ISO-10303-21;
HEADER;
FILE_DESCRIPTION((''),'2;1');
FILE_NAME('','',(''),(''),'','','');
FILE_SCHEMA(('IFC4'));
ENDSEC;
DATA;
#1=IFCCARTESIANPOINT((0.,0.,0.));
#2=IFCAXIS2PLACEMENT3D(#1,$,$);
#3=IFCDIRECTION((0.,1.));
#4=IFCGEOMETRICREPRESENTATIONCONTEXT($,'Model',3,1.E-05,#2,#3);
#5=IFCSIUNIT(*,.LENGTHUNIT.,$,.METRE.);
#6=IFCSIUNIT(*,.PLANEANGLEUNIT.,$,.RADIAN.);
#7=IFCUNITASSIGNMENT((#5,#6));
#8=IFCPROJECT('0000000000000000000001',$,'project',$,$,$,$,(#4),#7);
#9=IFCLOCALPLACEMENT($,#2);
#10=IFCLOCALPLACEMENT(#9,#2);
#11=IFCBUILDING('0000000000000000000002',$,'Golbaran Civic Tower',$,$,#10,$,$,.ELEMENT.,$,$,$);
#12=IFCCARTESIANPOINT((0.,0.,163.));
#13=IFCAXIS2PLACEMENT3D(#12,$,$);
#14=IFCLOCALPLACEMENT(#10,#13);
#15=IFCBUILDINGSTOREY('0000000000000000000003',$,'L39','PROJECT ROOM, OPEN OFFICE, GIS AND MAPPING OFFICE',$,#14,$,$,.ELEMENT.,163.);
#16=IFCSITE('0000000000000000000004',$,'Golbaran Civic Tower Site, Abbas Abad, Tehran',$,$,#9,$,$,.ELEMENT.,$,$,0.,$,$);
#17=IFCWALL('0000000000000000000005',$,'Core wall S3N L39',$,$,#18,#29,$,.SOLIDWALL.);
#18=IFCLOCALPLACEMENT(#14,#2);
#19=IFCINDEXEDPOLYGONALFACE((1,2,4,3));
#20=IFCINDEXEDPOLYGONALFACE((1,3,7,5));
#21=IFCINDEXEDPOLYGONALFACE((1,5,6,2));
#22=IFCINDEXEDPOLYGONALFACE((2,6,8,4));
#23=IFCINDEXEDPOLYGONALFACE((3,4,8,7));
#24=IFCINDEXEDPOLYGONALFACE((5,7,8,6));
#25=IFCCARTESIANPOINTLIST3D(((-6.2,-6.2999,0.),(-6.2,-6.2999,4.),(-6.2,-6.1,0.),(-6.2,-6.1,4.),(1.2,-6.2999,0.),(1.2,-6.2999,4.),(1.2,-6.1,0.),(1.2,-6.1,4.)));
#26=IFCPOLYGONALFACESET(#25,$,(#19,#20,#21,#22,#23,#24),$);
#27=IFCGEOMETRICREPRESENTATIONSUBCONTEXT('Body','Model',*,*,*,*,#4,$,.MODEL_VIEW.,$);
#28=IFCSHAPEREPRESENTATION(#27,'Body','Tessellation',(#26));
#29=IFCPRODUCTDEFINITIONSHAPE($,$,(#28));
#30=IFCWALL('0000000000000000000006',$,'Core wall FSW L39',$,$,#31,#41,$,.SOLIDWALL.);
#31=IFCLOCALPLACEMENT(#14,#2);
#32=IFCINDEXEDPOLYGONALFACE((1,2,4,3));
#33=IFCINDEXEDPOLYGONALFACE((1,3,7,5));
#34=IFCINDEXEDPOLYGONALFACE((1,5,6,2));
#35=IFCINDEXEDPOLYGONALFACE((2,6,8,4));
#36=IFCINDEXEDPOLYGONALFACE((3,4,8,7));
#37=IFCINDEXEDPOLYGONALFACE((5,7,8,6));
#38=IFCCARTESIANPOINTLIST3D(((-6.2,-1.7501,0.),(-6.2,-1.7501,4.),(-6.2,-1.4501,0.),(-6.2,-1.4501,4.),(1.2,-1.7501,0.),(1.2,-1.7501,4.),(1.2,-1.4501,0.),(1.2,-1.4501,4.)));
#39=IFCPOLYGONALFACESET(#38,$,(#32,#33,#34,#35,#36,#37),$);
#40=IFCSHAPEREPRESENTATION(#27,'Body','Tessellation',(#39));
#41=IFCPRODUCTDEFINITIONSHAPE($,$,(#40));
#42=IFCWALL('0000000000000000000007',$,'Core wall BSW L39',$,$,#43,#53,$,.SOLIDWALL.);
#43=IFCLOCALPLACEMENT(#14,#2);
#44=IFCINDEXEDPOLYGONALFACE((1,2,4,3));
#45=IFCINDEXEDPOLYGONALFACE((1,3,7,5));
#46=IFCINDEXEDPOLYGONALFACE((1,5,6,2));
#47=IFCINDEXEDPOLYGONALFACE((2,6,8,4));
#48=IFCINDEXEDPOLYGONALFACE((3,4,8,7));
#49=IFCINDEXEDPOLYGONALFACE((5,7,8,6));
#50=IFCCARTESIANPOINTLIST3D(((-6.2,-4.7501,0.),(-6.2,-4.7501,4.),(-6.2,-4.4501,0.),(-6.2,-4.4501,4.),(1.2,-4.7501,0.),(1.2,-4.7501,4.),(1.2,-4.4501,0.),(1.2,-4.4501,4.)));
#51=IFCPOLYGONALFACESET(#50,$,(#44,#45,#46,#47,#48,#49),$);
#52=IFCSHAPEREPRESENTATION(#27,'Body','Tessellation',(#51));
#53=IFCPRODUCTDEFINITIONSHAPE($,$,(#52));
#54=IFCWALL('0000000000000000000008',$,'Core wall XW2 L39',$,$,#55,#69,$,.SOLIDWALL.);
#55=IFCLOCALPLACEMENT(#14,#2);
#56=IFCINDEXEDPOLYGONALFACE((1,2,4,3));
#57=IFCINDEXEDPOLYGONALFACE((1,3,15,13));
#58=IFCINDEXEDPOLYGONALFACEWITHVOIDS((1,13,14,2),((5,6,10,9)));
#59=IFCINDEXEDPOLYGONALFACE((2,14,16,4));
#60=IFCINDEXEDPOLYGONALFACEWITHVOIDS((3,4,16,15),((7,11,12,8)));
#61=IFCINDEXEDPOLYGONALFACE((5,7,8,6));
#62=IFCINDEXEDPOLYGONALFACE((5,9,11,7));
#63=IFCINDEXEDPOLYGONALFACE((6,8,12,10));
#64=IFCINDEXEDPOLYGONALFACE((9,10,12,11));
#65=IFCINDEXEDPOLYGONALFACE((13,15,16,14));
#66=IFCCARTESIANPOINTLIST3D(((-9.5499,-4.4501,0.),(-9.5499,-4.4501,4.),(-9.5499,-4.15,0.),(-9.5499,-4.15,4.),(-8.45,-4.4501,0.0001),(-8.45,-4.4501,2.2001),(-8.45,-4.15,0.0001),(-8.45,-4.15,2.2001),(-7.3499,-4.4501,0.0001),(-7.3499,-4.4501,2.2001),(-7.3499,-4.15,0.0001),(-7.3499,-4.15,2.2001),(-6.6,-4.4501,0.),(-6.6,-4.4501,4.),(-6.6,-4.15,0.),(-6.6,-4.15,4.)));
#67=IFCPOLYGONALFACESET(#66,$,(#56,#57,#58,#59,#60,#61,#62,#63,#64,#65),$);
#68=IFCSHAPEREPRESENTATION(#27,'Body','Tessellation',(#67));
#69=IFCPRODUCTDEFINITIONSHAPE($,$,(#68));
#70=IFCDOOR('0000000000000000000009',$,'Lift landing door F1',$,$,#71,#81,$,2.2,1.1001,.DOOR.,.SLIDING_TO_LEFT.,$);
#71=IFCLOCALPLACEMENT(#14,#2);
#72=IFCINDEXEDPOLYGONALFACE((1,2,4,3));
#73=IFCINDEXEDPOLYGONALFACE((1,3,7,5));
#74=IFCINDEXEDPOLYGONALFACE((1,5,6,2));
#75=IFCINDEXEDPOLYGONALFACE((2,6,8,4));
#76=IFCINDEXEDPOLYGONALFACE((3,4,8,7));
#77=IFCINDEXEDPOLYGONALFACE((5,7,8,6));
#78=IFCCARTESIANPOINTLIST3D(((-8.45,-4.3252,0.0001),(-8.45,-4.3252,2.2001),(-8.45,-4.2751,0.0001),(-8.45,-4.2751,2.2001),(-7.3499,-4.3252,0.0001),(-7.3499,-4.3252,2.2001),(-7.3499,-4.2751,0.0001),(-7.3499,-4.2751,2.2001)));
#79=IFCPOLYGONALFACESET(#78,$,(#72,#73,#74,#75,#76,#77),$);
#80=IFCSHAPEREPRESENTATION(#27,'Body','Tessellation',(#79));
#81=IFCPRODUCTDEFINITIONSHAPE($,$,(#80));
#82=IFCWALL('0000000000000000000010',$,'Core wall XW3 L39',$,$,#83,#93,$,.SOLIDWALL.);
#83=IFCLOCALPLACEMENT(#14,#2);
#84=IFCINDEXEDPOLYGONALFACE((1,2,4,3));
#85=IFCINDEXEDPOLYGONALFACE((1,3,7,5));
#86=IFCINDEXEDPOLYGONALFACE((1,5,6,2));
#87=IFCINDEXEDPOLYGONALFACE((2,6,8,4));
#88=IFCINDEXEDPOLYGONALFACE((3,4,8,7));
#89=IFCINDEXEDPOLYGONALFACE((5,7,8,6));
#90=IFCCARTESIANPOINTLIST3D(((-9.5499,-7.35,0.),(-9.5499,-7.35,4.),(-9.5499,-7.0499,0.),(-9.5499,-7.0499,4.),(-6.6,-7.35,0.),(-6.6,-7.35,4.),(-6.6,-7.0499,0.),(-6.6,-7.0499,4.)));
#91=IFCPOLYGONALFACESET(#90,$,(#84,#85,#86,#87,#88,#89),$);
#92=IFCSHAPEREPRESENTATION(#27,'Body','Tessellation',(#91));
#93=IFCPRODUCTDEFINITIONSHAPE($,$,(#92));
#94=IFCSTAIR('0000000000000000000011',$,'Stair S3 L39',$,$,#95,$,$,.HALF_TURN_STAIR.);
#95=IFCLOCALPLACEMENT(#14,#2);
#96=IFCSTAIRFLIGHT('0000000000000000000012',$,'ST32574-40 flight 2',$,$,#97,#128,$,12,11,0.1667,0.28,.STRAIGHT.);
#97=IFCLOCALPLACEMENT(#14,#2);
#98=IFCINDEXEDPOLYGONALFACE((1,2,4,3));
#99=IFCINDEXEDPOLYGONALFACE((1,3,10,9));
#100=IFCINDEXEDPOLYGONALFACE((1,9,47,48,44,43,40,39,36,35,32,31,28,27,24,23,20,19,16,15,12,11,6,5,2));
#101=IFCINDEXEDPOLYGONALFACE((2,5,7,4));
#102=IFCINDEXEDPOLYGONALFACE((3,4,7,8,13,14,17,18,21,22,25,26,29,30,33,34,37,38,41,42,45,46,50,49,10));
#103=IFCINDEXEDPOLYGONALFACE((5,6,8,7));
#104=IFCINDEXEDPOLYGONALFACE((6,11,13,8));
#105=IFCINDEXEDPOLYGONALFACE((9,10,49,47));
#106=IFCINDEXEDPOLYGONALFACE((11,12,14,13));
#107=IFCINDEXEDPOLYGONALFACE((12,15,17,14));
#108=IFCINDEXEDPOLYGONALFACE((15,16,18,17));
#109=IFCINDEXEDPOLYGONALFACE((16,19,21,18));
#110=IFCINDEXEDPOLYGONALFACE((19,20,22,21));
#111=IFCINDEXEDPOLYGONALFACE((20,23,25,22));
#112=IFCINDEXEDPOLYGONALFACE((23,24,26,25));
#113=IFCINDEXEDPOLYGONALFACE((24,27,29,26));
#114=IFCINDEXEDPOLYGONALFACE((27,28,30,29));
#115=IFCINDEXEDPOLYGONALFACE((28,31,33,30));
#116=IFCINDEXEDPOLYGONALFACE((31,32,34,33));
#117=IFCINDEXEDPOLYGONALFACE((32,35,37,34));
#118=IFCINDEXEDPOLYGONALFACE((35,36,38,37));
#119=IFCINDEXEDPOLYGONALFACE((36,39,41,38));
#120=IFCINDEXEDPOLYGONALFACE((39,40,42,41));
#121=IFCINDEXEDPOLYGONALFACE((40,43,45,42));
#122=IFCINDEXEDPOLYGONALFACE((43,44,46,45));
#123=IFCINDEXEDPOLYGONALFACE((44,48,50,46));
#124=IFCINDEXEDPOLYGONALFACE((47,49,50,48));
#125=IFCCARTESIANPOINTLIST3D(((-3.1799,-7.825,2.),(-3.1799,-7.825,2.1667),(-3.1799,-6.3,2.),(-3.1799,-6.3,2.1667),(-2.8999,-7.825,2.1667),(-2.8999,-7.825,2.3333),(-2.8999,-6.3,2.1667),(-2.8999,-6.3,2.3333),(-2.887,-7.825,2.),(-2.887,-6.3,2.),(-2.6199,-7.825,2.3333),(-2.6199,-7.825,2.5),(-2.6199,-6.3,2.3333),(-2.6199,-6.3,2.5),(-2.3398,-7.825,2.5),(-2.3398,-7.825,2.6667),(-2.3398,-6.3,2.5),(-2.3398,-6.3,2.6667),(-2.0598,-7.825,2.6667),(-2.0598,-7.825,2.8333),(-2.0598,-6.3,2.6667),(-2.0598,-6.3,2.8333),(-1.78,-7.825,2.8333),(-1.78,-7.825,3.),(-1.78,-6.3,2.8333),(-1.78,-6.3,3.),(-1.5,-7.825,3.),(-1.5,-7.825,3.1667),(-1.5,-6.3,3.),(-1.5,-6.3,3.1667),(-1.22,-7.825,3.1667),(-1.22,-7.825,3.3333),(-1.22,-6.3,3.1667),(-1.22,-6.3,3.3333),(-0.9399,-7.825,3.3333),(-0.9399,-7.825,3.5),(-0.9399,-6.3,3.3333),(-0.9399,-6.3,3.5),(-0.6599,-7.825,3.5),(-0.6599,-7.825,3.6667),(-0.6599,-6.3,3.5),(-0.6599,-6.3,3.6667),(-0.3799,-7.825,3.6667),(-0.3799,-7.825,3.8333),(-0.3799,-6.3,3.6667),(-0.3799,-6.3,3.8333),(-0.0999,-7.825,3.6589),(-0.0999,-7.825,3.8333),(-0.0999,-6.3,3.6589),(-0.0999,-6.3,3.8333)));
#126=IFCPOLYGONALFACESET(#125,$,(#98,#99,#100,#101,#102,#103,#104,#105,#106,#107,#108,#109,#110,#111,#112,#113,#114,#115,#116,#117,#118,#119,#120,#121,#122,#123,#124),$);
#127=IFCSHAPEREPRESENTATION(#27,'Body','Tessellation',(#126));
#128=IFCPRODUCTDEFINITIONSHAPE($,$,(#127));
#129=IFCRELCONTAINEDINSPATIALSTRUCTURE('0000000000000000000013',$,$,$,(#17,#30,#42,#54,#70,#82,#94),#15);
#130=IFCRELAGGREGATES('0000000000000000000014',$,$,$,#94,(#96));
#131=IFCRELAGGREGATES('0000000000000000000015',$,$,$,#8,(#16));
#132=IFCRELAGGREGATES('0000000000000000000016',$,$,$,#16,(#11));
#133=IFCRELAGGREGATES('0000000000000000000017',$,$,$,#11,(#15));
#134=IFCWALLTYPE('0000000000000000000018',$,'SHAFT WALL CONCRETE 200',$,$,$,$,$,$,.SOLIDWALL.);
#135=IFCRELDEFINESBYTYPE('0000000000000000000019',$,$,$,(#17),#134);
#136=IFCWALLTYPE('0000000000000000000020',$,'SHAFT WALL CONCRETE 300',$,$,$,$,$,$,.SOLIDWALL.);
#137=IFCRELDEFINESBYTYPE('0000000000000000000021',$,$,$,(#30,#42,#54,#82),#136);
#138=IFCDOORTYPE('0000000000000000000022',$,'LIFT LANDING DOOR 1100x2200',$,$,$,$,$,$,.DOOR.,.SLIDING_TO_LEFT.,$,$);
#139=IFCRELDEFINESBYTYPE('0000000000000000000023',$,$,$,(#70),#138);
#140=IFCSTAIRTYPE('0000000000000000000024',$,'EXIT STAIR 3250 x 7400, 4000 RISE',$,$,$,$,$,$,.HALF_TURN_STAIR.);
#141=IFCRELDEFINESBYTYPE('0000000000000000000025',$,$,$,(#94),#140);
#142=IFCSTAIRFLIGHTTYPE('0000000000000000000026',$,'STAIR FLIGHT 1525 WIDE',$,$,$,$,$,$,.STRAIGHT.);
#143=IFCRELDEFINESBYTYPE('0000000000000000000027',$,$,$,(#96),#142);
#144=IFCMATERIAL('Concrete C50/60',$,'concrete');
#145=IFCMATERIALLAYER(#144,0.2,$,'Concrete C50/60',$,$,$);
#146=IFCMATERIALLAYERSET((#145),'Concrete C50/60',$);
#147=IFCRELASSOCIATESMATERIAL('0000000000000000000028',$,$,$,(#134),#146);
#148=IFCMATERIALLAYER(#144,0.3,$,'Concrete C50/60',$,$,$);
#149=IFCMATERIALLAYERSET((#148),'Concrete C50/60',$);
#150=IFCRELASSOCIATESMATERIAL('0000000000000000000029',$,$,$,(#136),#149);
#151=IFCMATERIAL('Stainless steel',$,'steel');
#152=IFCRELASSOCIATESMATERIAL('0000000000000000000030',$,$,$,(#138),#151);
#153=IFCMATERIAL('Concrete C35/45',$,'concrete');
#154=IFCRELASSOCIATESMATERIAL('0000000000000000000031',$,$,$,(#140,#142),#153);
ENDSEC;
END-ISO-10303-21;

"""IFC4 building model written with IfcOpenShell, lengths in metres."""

from ifc_helpers import new_model, si_unit, direction, frame, frame_2d, origin, place, context, subcontext, project, spatial, polyline, rectangle, outline, extrude, material, layer, layer_set, type_object, element, fill, aggregate, save


model = new_model("IFC4")

# Units and contexts
model_context = context("Model", 3, precision=1e-05, world=origin(), true_north=direction((0.0, 1.0)))
body_context = subcontext(model_context, "Body", "Model", "MODEL_VIEW")
ifc_project = project(units=[si_unit("LENGTHUNIT", "METRE"), si_unit("PLANEANGLEUNIT", "RADIAN")], contexts=[model_context])

# Site, building, storey
site_placement = place(None, origin())
site = spatial("IfcSite", under=ifc_project, at=site_placement, Name="Golbaran Civic Tower Site, Abbas Abad, Tehran", CompositionType="ELEMENT", RefElevation=0.0)
building_placement = place(site_placement, origin())
building = spatial("IfcBuilding", under=site, at=building_placement, Name="Golbaran Civic Tower", CompositionType="ELEMENT")
storey_placement = place(building_placement, frame((0.0, 0.0, 163.0)))
storey = spatial("IfcBuildingStorey", under=building, at=storey_placement, Name="L39", Description="PROJECT ROOM, OPEN OFFICE, GIS AND MAPPING OFFICE", CompositionType="ELEMENT", Elevation=163.0)

# Shared definitions
ifc_material_1 = material(Name="Concrete C35/45", Category="concrete")

# Walls
ifc_material_2 = material(Name="Concrete C50/60", Category="concrete")
ifc_layer_1 = layer(ifc_material_2, 0.2, Name="Concrete C50/60")
ifc_layer_set_1 = layer_set([ifc_layer_1], Name="Concrete C50/60")
wall_type_1 = type_object("IfcWallType", Name="SHAFT WALL CONCRETE 200", PredefinedType="SOLIDWALL", material=ifc_layer_set_1)
wall_1_placement = place(storey_placement, frame((-6.2, -6.2, 0.0), z_axis=(0.0, 0.0, 1.0), x_axis=(1.0, 0.0, 0.0)))
element("IfcWall", 1, at=wall_1_placement, inside=storey, type_object=wall_type_1, Name="Core wall S3N L39", PredefinedType="SOLIDWALL", context=body_context, shape_type="SweptSolid", body=[
    extrude(rectangle(XDim=7.3999, YDim=0.2, at=frame_2d((3.7, 0.0))), origin(), (0.0, 0.0, 1.0), 4.0),
])
ifc_layer_2 = layer(ifc_material_2, 0.3, Name="Concrete C50/60")
ifc_layer_set_2 = layer_set([ifc_layer_2], Name="Concrete C50/60")
wall_type_2 = type_object("IfcWallType", Name="SHAFT WALL CONCRETE 300", PredefinedType="SOLIDWALL", material=ifc_layer_set_2)
for number, where, z_axis, x_axis, name in (
    (2, (-6.2, -1.6001, 0.0), (0.0, 0.0, 1.0), (1.0, 0.0, 0.0), "Core wall FSW L39"),
    (3, (-6.2, -4.6001, 0.0), (0.0, 0.0, 1.0), (1.0, 0.0, 0.0), "Core wall BSW L39"),
):
    element("IfcWall", number, at=place(storey_placement, frame(where, z_axis=z_axis, x_axis=x_axis)), inside=storey, type_object=wall_type_2, Name=name, PredefinedType="SOLIDWALL", context=body_context, shape_type="SweptSolid", body=[
        extrude(rectangle(XDim=7.3999, YDim=0.3, at=frame_2d((3.7, 0.0))), origin(), (0.0, 0.0, 1.0), 4.0),
    ])

# Wall, opening, door
wall_2_placement = place(storey_placement, frame((-9.55, -4.3, 0.0), z_axis=(0.0, 0.0, 1.0), x_axis=(1.0, 0.0, 0.0)))
wall_2 = element("IfcWall", 4, at=wall_2_placement, inside=storey, type_object=wall_type_2, Name="Core wall XW2 L39", PredefinedType="SOLIDWALL", context=body_context, shape_type="SweptSolid", body=[
    extrude(rectangle(XDim=2.95, YDim=0.3, at=frame_2d((1.4751, 0.0))), origin(), (0.0, 0.0, 1.0), 4.0),
])
opening_1_placement = place(wall_2_placement, frame((1.1001, 0.0, 0.0)))
opening_1 = element("IfcOpeningElement", 5, at=opening_1_placement, cuts=wall_2, PredefinedType="OPENING", context=body_context, shape_type="SweptSolid", body=[
    extrude(rectangle(XDim=1.1001, YDim=2.2, at=frame_2d((0.55, 1.1001))), frame((0.0, 0.1599, 0.0), z_axis=(0.0, -1.0, 0.0), x_axis=(1.0, 0.0, 0.0)), (0.0, 0.0, 1.0), 0.3201),
])
ifc_material_3 = material(Name="Stainless steel", Category="steel")
door_type_1 = type_object("IfcDoorType", Name="LIFT LANDING DOOR 1100x2200", OperationType="SLIDING_TO_LEFT", PredefinedType="DOOR", material=ifc_material_3)
door_1_placement = place(opening_1_placement, origin())
door_1 = element("IfcDoor", 6, at=door_1_placement, inside=storey, type_object=door_type_1, Name="Lift landing door F1", OperationType="SLIDING_TO_LEFT", OverallHeight=2.2, OverallWidth=1.1001, PredefinedType="DOOR", context=body_context, shape_type="SweptSolid", body=[
    extrude(rectangle(XDim=1.1001, YDim=2.2, at=frame_2d((0.55, 1.1001))), frame((0.0, 0.0249, 0.0), z_axis=(0.0, -1.0, 0.0), x_axis=(1.0, 0.0, 0.0)), (0.0, 0.0, 1.0), 0.05),
])
fill(opening_1, door_1)

# Wall
wall_3_placement = place(storey_placement, frame((-9.55, -7.2, 0.0), z_axis=(0.0, 0.0, 1.0), x_axis=(1.0, 0.0, 0.0)))
element("IfcWall", 7, at=wall_3_placement, inside=storey, type_object=wall_type_2, Name="Core wall XW3 L39", PredefinedType="SOLIDWALL", context=body_context, shape_type="SweptSolid", body=[
    extrude(rectangle(XDim=2.95, YDim=0.3, at=frame_2d((1.4751, 0.0))), origin(), (0.0, 0.0, 1.0), 4.0),
])

# Stair, stair flight
stair_type_1 = type_object("IfcStairType", Name="EXIT STAIR 3250 x 7400, 4000 RISE", PredefinedType="HALF_TURN_STAIR", material=ifc_material_1)
stair_1_placement = place(storey_placement, origin())
stair_1 = element("IfcStair", 8, at=stair_1_placement, inside=storey, type_object=stair_type_1, Name="Stair S3 L39", PredefinedType="HALF_TURN_STAIR")
stair_flight_type = type_object("IfcStairFlightType", Name="STAIR FLIGHT 1525 WIDE", PredefinedType="STRAIGHT", material=ifc_material_1)
stair_flight_placement = place(storey_placement, frame((-3.1799, -7.0625, 2.0), z_axis=(0.0, 0.0, 1.0), x_axis=(1.0, 0.0, 0.0)))
stair_flight = element("IfcStairFlight", 9, at=stair_flight_placement, type_object=stair_flight_type, Name="ST32574-40 flight 2", NumberOfRisers=12, NumberOfTreads=11, PredefinedType="STRAIGHT", RiserHeight=0.1667, TreadLength=0.28, context=body_context, shape_type="SweptSolid", body=[
    extrude(outline(polyline([(0.0, 0.0), (0.0, 0.1667), (0.28, 0.1667), (0.28, 0.3333), (0.5601, 0.3333), (0.5601, 0.5), (0.8401, 0.5), (0.8401, 0.6667), (1.1201, 0.6667), (1.1201, 0.8333), (1.3999, 0.8333), (1.3999, 1.0), (1.6799, 1.0), (1.6799, 1.1667), (1.96, 1.1667), (1.96, 1.3333), (2.24, 1.3333), (2.24, 1.5), (2.52, 1.5), (2.52, 1.6667), (2.8, 1.6667), (2.8, 1.8333), (3.0801, 1.8333), (3.0801, 2.0), (3.0801, 1.6589), (0.293, 0.0), (0.0, 0.0)])), frame((0.0, 0.7625, 0.0), z_axis=(0.0, -1.0, 0.0), x_axis=(1.0, 0.0, 0.0)), (0.0, 0.0, 1.0), 1.5249),
])
aggregate(stair_1, [stair_flight])

save(model, "model.ifc")
